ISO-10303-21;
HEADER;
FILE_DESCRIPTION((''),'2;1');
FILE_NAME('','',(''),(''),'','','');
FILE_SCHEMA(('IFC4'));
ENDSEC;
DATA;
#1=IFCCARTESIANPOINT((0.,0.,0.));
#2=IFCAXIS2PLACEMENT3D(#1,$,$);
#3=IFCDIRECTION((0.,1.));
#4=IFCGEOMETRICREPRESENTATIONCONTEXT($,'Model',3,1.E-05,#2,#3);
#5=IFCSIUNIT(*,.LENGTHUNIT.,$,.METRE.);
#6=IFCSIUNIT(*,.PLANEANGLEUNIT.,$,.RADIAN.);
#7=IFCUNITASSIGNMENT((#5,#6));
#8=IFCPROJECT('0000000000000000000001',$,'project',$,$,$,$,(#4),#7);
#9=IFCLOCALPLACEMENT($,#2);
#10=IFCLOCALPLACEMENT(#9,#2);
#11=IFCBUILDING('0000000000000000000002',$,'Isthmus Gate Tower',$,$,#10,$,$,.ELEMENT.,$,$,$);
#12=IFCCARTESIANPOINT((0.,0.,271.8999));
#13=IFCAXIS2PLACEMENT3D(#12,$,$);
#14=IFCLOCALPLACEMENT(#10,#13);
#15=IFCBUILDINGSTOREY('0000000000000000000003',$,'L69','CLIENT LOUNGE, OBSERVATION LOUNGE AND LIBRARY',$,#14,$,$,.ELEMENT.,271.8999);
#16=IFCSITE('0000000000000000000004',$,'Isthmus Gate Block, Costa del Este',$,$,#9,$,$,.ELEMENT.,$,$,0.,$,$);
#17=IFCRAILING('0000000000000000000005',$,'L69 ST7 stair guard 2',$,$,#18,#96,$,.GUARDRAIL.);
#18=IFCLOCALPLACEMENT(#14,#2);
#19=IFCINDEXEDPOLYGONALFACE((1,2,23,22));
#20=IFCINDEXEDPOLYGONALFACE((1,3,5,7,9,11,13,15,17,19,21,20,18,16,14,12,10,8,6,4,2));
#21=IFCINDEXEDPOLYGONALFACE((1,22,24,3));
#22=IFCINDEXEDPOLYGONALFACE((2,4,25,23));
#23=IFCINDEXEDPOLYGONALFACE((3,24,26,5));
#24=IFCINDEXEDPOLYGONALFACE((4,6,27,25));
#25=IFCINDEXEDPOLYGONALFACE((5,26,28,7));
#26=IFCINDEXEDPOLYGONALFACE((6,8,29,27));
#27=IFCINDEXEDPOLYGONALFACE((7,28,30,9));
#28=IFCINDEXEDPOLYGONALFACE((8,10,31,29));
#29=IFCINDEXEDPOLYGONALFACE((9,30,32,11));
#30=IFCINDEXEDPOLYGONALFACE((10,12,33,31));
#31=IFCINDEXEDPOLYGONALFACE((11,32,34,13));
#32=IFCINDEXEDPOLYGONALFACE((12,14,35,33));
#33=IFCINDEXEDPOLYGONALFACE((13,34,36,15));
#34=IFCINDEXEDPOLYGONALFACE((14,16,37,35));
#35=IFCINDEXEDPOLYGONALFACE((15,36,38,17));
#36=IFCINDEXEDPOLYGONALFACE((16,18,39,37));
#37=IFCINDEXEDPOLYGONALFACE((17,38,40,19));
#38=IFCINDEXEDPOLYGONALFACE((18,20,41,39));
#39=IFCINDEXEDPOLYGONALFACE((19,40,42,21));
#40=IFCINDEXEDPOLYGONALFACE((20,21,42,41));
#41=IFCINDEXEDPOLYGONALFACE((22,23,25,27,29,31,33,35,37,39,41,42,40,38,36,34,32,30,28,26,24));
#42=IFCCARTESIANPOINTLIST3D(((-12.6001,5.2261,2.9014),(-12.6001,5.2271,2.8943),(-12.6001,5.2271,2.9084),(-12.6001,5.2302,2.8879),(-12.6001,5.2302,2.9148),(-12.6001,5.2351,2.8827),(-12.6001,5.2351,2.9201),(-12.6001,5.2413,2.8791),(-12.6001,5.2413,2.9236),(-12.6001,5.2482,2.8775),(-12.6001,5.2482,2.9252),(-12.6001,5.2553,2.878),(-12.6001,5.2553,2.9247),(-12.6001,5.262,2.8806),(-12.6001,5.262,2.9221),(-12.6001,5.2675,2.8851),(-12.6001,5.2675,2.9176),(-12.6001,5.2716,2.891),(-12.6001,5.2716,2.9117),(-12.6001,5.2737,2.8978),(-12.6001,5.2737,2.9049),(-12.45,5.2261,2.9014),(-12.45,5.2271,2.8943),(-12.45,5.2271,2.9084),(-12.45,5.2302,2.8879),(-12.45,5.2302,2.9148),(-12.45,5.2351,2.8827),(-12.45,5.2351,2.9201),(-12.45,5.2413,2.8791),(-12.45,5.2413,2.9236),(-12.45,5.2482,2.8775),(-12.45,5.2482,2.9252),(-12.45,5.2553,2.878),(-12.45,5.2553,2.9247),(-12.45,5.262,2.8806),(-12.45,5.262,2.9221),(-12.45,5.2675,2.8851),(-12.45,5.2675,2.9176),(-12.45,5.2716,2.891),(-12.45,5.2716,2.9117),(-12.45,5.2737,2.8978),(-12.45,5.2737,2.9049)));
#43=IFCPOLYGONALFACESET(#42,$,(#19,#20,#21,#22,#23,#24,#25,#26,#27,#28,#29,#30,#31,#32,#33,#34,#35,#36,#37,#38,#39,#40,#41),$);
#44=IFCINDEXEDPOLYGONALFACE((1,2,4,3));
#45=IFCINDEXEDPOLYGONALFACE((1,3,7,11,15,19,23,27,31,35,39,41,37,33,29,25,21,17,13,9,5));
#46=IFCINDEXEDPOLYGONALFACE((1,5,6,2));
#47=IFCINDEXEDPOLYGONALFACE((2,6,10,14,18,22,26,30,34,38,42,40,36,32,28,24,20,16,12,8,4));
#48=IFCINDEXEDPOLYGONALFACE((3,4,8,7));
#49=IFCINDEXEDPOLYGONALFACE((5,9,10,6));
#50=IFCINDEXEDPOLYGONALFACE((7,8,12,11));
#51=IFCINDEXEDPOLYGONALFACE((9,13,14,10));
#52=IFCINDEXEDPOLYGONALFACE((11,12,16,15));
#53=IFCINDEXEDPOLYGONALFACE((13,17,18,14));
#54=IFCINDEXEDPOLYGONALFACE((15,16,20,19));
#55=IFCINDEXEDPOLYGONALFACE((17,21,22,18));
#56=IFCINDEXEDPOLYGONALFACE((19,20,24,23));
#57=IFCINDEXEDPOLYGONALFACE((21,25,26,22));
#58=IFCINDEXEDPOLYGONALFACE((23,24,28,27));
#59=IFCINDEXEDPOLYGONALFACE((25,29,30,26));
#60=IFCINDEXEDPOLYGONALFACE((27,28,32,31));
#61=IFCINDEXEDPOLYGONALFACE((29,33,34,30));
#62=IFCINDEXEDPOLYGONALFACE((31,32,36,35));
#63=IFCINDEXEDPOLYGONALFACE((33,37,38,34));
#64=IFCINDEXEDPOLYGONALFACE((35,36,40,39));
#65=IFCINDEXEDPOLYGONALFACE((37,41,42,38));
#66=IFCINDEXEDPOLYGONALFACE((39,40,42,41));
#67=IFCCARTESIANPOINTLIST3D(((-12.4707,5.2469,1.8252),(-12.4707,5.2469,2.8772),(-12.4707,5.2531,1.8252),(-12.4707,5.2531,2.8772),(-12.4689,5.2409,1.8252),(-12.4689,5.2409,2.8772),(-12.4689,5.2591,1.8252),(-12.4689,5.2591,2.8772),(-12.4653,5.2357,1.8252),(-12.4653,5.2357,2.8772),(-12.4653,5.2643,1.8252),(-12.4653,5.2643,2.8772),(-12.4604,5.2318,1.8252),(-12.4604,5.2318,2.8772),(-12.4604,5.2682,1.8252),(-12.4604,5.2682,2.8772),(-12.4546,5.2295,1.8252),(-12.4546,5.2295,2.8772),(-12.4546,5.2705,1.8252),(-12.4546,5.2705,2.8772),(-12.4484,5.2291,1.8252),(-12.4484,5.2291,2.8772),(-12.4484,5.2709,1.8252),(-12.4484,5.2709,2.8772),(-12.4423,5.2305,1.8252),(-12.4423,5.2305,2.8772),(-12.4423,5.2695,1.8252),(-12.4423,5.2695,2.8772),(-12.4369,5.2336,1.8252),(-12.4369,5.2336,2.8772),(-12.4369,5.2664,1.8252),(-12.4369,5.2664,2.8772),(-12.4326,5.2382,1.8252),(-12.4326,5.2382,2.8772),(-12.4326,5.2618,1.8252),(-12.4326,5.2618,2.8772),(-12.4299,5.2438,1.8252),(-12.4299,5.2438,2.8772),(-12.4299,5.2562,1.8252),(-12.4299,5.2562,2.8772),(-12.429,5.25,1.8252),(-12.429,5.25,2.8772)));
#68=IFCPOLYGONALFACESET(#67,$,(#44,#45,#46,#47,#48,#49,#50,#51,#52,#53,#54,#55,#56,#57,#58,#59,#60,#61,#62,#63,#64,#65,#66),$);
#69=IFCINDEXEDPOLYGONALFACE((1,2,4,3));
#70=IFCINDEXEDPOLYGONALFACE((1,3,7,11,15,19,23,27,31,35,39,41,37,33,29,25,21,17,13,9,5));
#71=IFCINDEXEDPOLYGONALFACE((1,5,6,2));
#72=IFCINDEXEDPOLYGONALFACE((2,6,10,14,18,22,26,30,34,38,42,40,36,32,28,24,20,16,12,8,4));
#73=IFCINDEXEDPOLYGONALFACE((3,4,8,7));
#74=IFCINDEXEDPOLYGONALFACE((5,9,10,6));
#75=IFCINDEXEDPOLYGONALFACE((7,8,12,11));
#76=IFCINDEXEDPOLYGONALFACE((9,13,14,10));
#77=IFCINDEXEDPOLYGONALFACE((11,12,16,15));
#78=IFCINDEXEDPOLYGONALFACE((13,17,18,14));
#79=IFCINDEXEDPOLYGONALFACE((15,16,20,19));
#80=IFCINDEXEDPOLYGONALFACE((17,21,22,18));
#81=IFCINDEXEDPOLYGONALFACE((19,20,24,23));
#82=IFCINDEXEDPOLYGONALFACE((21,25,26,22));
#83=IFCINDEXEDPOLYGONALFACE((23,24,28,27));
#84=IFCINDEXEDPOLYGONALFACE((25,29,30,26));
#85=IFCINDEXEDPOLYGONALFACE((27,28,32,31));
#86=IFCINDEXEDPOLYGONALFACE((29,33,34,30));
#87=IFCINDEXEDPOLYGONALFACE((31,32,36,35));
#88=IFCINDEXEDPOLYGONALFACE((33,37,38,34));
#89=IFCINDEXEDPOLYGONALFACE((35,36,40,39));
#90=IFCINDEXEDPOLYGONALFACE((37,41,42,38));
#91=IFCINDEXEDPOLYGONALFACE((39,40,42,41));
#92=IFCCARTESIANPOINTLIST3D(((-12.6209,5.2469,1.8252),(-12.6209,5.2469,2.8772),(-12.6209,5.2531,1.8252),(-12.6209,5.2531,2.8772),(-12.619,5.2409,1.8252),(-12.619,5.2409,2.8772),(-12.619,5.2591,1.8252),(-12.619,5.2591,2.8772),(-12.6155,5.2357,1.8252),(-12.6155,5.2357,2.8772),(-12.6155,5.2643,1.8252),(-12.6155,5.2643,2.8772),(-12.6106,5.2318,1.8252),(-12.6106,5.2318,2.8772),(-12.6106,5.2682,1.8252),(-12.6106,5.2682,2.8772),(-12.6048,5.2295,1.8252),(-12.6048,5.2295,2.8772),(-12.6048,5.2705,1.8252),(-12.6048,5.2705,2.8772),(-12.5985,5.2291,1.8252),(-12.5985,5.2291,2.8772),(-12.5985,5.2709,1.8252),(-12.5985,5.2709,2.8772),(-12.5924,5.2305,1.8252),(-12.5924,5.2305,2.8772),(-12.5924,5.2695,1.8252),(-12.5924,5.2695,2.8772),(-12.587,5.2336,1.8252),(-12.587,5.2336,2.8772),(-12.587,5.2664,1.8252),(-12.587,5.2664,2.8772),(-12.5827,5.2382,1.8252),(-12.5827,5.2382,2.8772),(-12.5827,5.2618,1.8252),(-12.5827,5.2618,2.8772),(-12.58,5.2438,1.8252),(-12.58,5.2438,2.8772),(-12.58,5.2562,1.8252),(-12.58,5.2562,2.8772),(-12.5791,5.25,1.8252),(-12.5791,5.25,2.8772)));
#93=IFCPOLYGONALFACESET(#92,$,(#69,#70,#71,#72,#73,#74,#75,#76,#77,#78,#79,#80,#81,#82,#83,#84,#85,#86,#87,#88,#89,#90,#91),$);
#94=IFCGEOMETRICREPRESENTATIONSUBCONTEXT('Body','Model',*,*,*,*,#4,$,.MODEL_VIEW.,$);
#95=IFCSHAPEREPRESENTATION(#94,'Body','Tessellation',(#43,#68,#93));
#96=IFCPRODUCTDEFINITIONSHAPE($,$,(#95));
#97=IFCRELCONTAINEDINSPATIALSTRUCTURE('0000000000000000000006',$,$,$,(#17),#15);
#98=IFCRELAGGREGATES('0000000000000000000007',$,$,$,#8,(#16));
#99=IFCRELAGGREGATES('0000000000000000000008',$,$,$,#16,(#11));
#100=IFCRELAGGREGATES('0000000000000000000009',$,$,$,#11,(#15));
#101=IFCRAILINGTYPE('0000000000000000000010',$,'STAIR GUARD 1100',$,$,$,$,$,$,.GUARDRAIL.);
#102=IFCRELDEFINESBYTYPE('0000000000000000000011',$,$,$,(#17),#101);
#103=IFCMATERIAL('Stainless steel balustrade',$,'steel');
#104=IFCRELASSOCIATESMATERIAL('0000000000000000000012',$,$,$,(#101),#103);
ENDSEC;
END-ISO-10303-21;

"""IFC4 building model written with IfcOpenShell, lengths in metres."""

from ifc_helpers import new_model, si_unit, direction, frame, origin, origin_2d, place, context, subcontext, project, spatial, circle, extrude, material, type_object, element, save


model = new_model("IFC4")

# Units and contexts
model_context = context("Model", 3, precision=1e-05, world=origin(), true_north=direction((0.0, 1.0)))
body_context = subcontext(model_context, "Body", "Model", "MODEL_VIEW")
ifc_project = project(units=[si_unit("LENGTHUNIT", "METRE"), si_unit("PLANEANGLEUNIT", "RADIAN")], contexts=[model_context])

# Site, building, storey
site_placement = place(None, origin())
site = spatial("IfcSite", under=ifc_project, at=site_placement, Name="Isthmus Gate Block, Costa del Este", CompositionType="ELEMENT", RefElevation=0.0)
building_placement = place(site_placement, origin())
building = spatial("IfcBuilding", under=site, at=building_placement, Name="Isthmus Gate Tower", CompositionType="ELEMENT")
storey_placement = place(building_placement, frame((0.0, 0.0, 271.8999)))
storey = spatial("IfcBuildingStorey", under=building, at=storey_placement, Name="L69", Description="CLIENT LOUNGE, OBSERVATION LOUNGE AND LIBRARY", CompositionType="ELEMENT", Elevation=271.8999)

# Railing
ifc_material_1 = material(Name="Stainless steel balustrade", Category="steel")
railing_type_1 = type_object("IfcRailingType", Name="STAIR GUARD 1100", PredefinedType="GUARDRAIL", material=ifc_material_1)
railing_1_placement = place(storey_placement, frame((-12.45, 5.25, 1.8252)))
element("IfcRailing", 1, at=railing_1_placement, inside=storey, type_object=railing_type_1, Name="L69 ST7 stair guard 2", PredefinedType="GUARDRAIL", context=body_context, shape_type="SweptSolid", body=[
    extrude(circle(Radius=0.0239, at=origin_2d()), frame((0.0, 0.0, 1.0762), z_axis=(-1.0, 0.0, 0.0), x_axis=(0.0, -1.0, 0.0)), (0.0, 0.0, 1.0), 0.1501),
    extrude(circle(Radius=0.021, at=origin_2d()), origin(), (0.0, 0.0, 1.0), 1.052),
    extrude(circle(Radius=0.021, at=origin_2d()), frame((-0.1501, 0.0, 0.0)), (0.0, 0.0, 1.0), 1.052),
])

save(model, "model.ifc")
